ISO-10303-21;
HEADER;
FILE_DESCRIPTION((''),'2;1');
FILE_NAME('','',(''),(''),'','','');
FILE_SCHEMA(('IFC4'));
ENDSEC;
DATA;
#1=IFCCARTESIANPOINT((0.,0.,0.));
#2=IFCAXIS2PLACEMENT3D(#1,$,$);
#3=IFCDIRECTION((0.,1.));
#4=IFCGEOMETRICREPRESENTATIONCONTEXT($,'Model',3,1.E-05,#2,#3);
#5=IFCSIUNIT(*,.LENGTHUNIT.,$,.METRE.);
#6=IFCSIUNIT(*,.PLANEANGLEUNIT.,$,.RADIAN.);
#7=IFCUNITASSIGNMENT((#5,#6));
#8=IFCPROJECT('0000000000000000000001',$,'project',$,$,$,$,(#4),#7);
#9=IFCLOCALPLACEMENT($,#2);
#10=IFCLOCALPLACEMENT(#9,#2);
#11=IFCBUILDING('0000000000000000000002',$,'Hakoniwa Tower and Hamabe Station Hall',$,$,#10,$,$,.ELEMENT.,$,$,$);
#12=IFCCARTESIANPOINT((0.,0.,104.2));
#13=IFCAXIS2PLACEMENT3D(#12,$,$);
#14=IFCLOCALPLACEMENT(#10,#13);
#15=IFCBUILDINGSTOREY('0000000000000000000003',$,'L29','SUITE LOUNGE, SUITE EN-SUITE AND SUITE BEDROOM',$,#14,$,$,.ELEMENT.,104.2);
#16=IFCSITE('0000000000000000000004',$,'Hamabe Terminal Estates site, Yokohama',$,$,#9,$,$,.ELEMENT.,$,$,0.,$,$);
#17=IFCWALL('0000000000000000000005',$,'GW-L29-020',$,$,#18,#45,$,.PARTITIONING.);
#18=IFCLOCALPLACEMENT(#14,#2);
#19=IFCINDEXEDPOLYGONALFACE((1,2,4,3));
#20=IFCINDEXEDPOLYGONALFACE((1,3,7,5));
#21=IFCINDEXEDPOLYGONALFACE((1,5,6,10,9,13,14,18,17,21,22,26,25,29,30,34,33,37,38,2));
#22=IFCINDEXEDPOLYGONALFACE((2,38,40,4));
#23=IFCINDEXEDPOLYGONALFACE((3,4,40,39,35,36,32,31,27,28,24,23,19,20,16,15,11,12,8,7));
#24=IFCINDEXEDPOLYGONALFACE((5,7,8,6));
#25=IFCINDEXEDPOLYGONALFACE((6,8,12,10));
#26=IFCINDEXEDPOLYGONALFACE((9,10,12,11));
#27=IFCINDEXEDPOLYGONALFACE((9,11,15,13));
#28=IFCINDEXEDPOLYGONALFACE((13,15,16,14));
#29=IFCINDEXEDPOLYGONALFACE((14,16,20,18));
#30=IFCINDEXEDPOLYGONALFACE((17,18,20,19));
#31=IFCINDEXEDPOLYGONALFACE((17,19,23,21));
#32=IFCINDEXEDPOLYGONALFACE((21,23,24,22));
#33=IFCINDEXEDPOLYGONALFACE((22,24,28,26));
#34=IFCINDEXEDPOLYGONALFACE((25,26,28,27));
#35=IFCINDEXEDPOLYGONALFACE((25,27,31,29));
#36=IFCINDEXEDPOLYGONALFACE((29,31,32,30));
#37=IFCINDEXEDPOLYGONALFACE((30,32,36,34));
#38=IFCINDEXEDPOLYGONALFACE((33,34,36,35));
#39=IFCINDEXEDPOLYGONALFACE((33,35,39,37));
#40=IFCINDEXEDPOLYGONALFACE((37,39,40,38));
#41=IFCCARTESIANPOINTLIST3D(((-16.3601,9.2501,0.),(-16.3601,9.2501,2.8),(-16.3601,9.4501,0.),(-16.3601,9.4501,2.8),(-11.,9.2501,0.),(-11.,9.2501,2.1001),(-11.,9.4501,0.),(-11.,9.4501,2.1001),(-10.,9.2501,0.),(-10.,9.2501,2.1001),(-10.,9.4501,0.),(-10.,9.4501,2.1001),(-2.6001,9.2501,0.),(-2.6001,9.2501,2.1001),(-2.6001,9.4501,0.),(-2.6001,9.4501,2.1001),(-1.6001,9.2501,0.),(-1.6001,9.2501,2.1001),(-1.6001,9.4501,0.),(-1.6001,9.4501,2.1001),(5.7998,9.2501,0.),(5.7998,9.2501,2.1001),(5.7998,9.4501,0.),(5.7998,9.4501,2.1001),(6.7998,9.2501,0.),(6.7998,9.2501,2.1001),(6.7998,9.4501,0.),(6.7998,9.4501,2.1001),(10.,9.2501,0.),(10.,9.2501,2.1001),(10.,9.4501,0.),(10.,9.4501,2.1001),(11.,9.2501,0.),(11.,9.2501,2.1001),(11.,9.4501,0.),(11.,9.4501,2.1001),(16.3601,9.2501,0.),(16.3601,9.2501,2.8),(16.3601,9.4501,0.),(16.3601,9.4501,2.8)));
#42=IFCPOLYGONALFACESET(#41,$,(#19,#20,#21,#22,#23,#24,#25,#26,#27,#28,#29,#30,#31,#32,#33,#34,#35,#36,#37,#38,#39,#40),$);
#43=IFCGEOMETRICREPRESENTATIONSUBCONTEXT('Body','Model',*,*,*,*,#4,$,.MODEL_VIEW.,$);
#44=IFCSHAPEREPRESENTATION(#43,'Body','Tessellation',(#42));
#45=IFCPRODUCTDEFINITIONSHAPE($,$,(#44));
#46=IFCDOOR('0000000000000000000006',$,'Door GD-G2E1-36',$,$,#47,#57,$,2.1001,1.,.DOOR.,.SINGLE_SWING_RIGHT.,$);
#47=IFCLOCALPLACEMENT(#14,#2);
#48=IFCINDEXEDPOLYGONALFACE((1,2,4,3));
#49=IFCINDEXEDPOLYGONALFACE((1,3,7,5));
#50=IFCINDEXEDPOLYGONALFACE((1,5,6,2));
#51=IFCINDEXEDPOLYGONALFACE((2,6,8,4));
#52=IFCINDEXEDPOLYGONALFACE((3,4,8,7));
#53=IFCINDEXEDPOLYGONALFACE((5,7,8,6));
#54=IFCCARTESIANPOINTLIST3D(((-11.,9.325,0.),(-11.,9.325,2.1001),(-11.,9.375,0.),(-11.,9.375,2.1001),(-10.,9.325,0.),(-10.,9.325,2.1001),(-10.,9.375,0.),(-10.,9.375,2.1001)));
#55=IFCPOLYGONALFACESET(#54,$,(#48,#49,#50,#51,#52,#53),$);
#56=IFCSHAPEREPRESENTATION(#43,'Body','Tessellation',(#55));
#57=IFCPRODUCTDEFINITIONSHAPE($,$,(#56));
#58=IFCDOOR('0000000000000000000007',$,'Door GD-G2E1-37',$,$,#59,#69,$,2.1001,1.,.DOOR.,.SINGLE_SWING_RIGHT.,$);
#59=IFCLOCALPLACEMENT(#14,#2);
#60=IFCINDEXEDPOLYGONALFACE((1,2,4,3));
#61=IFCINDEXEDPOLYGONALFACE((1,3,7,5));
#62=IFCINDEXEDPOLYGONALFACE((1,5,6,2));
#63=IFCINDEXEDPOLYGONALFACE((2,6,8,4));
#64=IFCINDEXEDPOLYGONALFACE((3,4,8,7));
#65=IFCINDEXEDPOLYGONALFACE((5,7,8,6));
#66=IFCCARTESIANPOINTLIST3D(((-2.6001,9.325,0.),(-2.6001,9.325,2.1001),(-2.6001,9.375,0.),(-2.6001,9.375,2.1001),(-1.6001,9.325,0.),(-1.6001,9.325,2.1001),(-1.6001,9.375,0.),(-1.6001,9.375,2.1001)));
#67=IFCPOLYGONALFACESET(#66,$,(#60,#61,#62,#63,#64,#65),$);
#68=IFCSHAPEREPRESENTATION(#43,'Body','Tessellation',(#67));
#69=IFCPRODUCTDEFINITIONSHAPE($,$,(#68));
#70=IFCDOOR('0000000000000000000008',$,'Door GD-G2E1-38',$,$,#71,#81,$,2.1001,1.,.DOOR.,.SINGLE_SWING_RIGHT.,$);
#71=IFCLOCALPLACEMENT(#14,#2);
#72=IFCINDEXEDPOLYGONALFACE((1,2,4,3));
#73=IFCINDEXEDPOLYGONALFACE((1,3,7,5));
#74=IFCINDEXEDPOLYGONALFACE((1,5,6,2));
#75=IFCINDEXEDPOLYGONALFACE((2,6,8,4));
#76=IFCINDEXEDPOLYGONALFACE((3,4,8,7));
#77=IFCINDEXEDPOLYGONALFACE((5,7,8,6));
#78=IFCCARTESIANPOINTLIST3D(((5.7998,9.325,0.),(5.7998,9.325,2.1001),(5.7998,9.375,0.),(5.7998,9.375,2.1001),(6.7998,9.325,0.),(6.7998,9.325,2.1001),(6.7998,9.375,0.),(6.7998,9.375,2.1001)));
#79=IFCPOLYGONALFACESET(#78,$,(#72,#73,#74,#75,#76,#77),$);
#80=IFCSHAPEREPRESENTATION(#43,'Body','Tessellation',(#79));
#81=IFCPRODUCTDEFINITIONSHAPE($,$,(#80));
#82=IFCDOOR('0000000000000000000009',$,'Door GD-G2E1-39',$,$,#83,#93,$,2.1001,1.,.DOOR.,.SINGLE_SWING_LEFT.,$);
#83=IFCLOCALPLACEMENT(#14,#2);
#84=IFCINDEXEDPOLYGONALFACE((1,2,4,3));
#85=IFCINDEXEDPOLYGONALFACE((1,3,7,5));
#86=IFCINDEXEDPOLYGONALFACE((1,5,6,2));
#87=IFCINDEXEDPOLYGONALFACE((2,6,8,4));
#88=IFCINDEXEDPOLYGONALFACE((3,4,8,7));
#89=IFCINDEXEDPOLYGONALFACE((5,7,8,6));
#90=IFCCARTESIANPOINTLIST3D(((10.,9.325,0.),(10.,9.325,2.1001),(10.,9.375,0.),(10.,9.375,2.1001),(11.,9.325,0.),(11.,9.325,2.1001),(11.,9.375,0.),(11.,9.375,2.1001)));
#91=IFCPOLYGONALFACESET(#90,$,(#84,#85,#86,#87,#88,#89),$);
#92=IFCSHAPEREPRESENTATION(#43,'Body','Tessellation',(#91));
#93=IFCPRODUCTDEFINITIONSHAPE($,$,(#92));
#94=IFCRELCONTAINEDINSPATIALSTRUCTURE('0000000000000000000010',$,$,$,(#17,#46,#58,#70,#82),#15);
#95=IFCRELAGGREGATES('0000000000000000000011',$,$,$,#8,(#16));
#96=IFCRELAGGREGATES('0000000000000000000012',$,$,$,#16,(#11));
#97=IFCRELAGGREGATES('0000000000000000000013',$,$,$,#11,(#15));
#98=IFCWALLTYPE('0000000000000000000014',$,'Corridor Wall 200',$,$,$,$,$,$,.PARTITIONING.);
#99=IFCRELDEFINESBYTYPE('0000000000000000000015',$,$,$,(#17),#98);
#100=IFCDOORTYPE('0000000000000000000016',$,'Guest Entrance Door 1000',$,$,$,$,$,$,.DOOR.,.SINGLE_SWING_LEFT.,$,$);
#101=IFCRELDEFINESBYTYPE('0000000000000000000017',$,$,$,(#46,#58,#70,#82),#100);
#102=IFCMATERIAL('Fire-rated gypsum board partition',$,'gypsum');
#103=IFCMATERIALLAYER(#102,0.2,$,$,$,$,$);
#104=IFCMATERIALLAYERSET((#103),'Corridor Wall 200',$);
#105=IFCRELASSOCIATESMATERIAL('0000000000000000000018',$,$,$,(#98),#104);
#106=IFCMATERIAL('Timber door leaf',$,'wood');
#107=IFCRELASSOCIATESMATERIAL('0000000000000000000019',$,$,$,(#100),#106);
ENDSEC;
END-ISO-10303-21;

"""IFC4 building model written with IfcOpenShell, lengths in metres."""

from ifc_helpers import new_model, si_unit, direction, frame, frame_2d, origin, place, context, subcontext, project, spatial, rectangle, extrude, material, layer, layer_set, type_object, element, fill, save


model = new_model("IFC4")

# Units and contexts
model_context = context("Model", 3, precision=1e-05, world=origin(), true_north=direction((0.0, 1.0)))
body_context = subcontext(model_context, "Body", "Model", "MODEL_VIEW")
ifc_project = project(units=[si_unit("LENGTHUNIT", "METRE"), si_unit("PLANEANGLEUNIT", "RADIAN")], contexts=[model_context])

# Site, building, storey
site_placement = place(None, origin())
site = spatial("IfcSite", under=ifc_project, at=site_placement, Name="Hamabe Terminal Estates site, Yokohama", CompositionType="ELEMENT", RefElevation=0.0)
building_placement = place(site_placement, origin())
building = spatial("IfcBuilding", under=site, at=building_placement, Name="Hakoniwa Tower and Hamabe Station Hall", CompositionType="ELEMENT")
storey_placement = place(building_placement, frame((0.0, 0.0, 104.2)))
storey = spatial("IfcBuildingStorey", under=building, at=storey_placement, Name="L29", Description="SUITE LOUNGE, SUITE EN-SUITE AND SUITE BEDROOM", CompositionType="ELEMENT", Elevation=104.2)

# Wall, openings, doors
ifc_material_1 = material(Name="Fire-rated gypsum board partition", Category="gypsum")
ifc_layer_1 = layer(ifc_material_1, 0.2)
ifc_layer_set_1 = layer_set([ifc_layer_1], Name="Corridor Wall 200")
wall_type_1 = type_object("IfcWallType", Name="Corridor Wall 200", PredefinedType="PARTITIONING", material=ifc_layer_set_1)
wall_1_placement = place(storey_placement, frame((-16.3601, 9.3501, 0.0), z_axis=(0.0, 0.0, 1.0), x_axis=(1.0, 0.0, 0.0)))
wall_1 = element("IfcWall", 1, at=wall_1_placement, inside=storey, type_object=wall_type_1, Name="GW-L29-020", PredefinedType="PARTITIONING", context=body_context, shape_type="SweptSolid", body=[
    extrude(rectangle(XDim=32.7202, YDim=0.2, at=frame_2d((16.3601, 0.0))), origin(), (0.0, 0.0, 1.0), 2.8),
])
opening_1_placement = place(wall_1_placement, frame((5.3601, 0.0, 0.0)))
opening_1 = element("IfcOpeningElement", 2, at=opening_1_placement, cuts=wall_1, PredefinedType="OPENING", context=body_context, shape_type="SweptSolid", body=[
    extrude(rectangle(XDim=1.0, YDim=2.1001, at=frame_2d((0.5, 1.05))), frame((0.0, 0.1099, 0.0), z_axis=(0.0, -1.0, 0.0), x_axis=(1.0, 0.0, 0.0)), (0.0, 0.0, 1.0), 0.22),
])
opening_2_placement = place(wall_1_placement, frame((13.76, 0.0, 0.0)))
opening_2 = element("IfcOpeningElement", 3, at=opening_2_placement, cuts=wall_1, PredefinedType="OPENING", context=body_context, shape_type="SweptSolid", body=[
    extrude(rectangle(XDim=1.0, YDim=2.1001, at=frame_2d((0.5, 1.05))), frame((0.0, 0.1099, 0.0), z_axis=(0.0, -1.0, 0.0), x_axis=(1.0, 0.0, 0.0)), (0.0, 0.0, 1.0), 0.22),
])
opening_3_placement = place(wall_1_placement, frame((22.1599, 0.0, 0.0)))
opening_3 = element("IfcOpeningElement", 4, at=opening_3_placement, cuts=wall_1, PredefinedType="OPENING", context=body_context, shape_type="SweptSolid", body=[
    extrude(rectangle(XDim=1.0, YDim=2.1001, at=frame_2d((0.5, 1.05))), frame((0.0, 0.1099, 0.0), z_axis=(0.0, -1.0, 0.0), x_axis=(1.0, 0.0, 0.0)), (0.0, 0.0, 1.0), 0.22),
])
opening_4_placement = place(wall_1_placement, frame((26.3601, 0.0, 0.0)))
opening_4 = element("IfcOpeningElement", 5, at=opening_4_placement, cuts=wall_1, PredefinedType="OPENING", context=body_context, shape_type="SweptSolid", body=[
    extrude(rectangle(XDim=1.0, YDim=2.1001, at=frame_2d((0.5, 1.05))), frame((0.0, 0.1099, 0.0), z_axis=(0.0, -1.0, 0.0), x_axis=(1.0, 0.0, 0.0)), (0.0, 0.0, 1.0), 0.22),
])
ifc_material_2 = material(Name="Timber door leaf", Category="wood")
door_type_1 = type_object("IfcDoorType", Name="Guest Entrance Door 1000", OperationType="SINGLE_SWING_LEFT", PredefinedType="DOOR", material=ifc_material_2)
door_1_placement = place(opening_1_placement, origin())
door_1 = element("IfcDoor", 6, at=door_1_placement, inside=storey, type_object=door_type_1, Name="Door GD-G2E1-36", OperationType="SINGLE_SWING_RIGHT", OverallHeight=2.1001, OverallWidth=1.0, PredefinedType="DOOR", context=body_context, shape_type="SweptSolid", body=[
    extrude(rectangle(XDim=1.0, YDim=2.1001, at=frame_2d((0.5, 1.05))), frame((0.0, 0.0249, 0.0), z_axis=(0.0, -1.0, 0.0), x_axis=(1.0, 0.0, 0.0)), (0.0, 0.0, 1.0), 0.05),
])
fill(opening_1, door_1)
door_2_placement = place(opening_2_placement, origin())
door_2 = element("IfcDoor", 7, at=door_2_placement, inside=storey, type_object=door_type_1, Name="Door GD-G2E1-37", OperationType="SINGLE_SWING_RIGHT", OverallHeight=2.1001, OverallWidth=1.0, PredefinedType="DOOR", context=body_context, shape_type="SweptSolid", body=[
    extrude(rectangle(XDim=1.0, YDim=2.1001, at=frame_2d((0.5, 1.05))), frame((0.0, 0.0249, 0.0), z_axis=(0.0, -1.0, 0.0), x_axis=(1.0, 0.0, 0.0)), (0.0, 0.0, 1.0), 0.05),
])
fill(opening_2, door_2)
door_3_placement = place(opening_3_placement, origin())
door_3 = element("IfcDoor", 8, at=door_3_placement, inside=storey, type_object=door_type_1, Name="Door GD-G2E1-38", OperationType="SINGLE_SWING_RIGHT", OverallHeight=2.1001, OverallWidth=1.0, PredefinedType="DOOR", context=body_context, shape_type="SweptSolid", body=[
    extrude(rectangle(XDim=1.0, YDim=2.1001, at=frame_2d((0.5, 1.05))), frame((0.0, 0.0249, 0.0), z_axis=(0.0, -1.0, 0.0), x_axis=(1.0, 0.0, 0.0)), (0.0, 0.0, 1.0), 0.05),
])
fill(opening_3, door_3)
door_4_placement = place(opening_4_placement, origin())
door_4 = element("IfcDoor", 9, at=door_4_placement, inside=storey, type_object=door_type_1, Name="Door GD-G2E1-39", OperationType="SINGLE_SWING_LEFT", OverallHeight=2.1001, OverallWidth=1.0, PredefinedType="DOOR", context=body_context, shape_type="SweptSolid", body=[
    extrude(rectangle(XDim=1.0, YDim=2.1001, at=frame_2d((0.5, 1.05))), frame((0.0, 0.0249, 0.0), z_axis=(0.0, -1.0, 0.0), x_axis=(1.0, 0.0, 0.0)), (0.0, 0.0, 1.0), 0.05),
])
fill(opening_4, door_4)

save(model, "model.ifc")
